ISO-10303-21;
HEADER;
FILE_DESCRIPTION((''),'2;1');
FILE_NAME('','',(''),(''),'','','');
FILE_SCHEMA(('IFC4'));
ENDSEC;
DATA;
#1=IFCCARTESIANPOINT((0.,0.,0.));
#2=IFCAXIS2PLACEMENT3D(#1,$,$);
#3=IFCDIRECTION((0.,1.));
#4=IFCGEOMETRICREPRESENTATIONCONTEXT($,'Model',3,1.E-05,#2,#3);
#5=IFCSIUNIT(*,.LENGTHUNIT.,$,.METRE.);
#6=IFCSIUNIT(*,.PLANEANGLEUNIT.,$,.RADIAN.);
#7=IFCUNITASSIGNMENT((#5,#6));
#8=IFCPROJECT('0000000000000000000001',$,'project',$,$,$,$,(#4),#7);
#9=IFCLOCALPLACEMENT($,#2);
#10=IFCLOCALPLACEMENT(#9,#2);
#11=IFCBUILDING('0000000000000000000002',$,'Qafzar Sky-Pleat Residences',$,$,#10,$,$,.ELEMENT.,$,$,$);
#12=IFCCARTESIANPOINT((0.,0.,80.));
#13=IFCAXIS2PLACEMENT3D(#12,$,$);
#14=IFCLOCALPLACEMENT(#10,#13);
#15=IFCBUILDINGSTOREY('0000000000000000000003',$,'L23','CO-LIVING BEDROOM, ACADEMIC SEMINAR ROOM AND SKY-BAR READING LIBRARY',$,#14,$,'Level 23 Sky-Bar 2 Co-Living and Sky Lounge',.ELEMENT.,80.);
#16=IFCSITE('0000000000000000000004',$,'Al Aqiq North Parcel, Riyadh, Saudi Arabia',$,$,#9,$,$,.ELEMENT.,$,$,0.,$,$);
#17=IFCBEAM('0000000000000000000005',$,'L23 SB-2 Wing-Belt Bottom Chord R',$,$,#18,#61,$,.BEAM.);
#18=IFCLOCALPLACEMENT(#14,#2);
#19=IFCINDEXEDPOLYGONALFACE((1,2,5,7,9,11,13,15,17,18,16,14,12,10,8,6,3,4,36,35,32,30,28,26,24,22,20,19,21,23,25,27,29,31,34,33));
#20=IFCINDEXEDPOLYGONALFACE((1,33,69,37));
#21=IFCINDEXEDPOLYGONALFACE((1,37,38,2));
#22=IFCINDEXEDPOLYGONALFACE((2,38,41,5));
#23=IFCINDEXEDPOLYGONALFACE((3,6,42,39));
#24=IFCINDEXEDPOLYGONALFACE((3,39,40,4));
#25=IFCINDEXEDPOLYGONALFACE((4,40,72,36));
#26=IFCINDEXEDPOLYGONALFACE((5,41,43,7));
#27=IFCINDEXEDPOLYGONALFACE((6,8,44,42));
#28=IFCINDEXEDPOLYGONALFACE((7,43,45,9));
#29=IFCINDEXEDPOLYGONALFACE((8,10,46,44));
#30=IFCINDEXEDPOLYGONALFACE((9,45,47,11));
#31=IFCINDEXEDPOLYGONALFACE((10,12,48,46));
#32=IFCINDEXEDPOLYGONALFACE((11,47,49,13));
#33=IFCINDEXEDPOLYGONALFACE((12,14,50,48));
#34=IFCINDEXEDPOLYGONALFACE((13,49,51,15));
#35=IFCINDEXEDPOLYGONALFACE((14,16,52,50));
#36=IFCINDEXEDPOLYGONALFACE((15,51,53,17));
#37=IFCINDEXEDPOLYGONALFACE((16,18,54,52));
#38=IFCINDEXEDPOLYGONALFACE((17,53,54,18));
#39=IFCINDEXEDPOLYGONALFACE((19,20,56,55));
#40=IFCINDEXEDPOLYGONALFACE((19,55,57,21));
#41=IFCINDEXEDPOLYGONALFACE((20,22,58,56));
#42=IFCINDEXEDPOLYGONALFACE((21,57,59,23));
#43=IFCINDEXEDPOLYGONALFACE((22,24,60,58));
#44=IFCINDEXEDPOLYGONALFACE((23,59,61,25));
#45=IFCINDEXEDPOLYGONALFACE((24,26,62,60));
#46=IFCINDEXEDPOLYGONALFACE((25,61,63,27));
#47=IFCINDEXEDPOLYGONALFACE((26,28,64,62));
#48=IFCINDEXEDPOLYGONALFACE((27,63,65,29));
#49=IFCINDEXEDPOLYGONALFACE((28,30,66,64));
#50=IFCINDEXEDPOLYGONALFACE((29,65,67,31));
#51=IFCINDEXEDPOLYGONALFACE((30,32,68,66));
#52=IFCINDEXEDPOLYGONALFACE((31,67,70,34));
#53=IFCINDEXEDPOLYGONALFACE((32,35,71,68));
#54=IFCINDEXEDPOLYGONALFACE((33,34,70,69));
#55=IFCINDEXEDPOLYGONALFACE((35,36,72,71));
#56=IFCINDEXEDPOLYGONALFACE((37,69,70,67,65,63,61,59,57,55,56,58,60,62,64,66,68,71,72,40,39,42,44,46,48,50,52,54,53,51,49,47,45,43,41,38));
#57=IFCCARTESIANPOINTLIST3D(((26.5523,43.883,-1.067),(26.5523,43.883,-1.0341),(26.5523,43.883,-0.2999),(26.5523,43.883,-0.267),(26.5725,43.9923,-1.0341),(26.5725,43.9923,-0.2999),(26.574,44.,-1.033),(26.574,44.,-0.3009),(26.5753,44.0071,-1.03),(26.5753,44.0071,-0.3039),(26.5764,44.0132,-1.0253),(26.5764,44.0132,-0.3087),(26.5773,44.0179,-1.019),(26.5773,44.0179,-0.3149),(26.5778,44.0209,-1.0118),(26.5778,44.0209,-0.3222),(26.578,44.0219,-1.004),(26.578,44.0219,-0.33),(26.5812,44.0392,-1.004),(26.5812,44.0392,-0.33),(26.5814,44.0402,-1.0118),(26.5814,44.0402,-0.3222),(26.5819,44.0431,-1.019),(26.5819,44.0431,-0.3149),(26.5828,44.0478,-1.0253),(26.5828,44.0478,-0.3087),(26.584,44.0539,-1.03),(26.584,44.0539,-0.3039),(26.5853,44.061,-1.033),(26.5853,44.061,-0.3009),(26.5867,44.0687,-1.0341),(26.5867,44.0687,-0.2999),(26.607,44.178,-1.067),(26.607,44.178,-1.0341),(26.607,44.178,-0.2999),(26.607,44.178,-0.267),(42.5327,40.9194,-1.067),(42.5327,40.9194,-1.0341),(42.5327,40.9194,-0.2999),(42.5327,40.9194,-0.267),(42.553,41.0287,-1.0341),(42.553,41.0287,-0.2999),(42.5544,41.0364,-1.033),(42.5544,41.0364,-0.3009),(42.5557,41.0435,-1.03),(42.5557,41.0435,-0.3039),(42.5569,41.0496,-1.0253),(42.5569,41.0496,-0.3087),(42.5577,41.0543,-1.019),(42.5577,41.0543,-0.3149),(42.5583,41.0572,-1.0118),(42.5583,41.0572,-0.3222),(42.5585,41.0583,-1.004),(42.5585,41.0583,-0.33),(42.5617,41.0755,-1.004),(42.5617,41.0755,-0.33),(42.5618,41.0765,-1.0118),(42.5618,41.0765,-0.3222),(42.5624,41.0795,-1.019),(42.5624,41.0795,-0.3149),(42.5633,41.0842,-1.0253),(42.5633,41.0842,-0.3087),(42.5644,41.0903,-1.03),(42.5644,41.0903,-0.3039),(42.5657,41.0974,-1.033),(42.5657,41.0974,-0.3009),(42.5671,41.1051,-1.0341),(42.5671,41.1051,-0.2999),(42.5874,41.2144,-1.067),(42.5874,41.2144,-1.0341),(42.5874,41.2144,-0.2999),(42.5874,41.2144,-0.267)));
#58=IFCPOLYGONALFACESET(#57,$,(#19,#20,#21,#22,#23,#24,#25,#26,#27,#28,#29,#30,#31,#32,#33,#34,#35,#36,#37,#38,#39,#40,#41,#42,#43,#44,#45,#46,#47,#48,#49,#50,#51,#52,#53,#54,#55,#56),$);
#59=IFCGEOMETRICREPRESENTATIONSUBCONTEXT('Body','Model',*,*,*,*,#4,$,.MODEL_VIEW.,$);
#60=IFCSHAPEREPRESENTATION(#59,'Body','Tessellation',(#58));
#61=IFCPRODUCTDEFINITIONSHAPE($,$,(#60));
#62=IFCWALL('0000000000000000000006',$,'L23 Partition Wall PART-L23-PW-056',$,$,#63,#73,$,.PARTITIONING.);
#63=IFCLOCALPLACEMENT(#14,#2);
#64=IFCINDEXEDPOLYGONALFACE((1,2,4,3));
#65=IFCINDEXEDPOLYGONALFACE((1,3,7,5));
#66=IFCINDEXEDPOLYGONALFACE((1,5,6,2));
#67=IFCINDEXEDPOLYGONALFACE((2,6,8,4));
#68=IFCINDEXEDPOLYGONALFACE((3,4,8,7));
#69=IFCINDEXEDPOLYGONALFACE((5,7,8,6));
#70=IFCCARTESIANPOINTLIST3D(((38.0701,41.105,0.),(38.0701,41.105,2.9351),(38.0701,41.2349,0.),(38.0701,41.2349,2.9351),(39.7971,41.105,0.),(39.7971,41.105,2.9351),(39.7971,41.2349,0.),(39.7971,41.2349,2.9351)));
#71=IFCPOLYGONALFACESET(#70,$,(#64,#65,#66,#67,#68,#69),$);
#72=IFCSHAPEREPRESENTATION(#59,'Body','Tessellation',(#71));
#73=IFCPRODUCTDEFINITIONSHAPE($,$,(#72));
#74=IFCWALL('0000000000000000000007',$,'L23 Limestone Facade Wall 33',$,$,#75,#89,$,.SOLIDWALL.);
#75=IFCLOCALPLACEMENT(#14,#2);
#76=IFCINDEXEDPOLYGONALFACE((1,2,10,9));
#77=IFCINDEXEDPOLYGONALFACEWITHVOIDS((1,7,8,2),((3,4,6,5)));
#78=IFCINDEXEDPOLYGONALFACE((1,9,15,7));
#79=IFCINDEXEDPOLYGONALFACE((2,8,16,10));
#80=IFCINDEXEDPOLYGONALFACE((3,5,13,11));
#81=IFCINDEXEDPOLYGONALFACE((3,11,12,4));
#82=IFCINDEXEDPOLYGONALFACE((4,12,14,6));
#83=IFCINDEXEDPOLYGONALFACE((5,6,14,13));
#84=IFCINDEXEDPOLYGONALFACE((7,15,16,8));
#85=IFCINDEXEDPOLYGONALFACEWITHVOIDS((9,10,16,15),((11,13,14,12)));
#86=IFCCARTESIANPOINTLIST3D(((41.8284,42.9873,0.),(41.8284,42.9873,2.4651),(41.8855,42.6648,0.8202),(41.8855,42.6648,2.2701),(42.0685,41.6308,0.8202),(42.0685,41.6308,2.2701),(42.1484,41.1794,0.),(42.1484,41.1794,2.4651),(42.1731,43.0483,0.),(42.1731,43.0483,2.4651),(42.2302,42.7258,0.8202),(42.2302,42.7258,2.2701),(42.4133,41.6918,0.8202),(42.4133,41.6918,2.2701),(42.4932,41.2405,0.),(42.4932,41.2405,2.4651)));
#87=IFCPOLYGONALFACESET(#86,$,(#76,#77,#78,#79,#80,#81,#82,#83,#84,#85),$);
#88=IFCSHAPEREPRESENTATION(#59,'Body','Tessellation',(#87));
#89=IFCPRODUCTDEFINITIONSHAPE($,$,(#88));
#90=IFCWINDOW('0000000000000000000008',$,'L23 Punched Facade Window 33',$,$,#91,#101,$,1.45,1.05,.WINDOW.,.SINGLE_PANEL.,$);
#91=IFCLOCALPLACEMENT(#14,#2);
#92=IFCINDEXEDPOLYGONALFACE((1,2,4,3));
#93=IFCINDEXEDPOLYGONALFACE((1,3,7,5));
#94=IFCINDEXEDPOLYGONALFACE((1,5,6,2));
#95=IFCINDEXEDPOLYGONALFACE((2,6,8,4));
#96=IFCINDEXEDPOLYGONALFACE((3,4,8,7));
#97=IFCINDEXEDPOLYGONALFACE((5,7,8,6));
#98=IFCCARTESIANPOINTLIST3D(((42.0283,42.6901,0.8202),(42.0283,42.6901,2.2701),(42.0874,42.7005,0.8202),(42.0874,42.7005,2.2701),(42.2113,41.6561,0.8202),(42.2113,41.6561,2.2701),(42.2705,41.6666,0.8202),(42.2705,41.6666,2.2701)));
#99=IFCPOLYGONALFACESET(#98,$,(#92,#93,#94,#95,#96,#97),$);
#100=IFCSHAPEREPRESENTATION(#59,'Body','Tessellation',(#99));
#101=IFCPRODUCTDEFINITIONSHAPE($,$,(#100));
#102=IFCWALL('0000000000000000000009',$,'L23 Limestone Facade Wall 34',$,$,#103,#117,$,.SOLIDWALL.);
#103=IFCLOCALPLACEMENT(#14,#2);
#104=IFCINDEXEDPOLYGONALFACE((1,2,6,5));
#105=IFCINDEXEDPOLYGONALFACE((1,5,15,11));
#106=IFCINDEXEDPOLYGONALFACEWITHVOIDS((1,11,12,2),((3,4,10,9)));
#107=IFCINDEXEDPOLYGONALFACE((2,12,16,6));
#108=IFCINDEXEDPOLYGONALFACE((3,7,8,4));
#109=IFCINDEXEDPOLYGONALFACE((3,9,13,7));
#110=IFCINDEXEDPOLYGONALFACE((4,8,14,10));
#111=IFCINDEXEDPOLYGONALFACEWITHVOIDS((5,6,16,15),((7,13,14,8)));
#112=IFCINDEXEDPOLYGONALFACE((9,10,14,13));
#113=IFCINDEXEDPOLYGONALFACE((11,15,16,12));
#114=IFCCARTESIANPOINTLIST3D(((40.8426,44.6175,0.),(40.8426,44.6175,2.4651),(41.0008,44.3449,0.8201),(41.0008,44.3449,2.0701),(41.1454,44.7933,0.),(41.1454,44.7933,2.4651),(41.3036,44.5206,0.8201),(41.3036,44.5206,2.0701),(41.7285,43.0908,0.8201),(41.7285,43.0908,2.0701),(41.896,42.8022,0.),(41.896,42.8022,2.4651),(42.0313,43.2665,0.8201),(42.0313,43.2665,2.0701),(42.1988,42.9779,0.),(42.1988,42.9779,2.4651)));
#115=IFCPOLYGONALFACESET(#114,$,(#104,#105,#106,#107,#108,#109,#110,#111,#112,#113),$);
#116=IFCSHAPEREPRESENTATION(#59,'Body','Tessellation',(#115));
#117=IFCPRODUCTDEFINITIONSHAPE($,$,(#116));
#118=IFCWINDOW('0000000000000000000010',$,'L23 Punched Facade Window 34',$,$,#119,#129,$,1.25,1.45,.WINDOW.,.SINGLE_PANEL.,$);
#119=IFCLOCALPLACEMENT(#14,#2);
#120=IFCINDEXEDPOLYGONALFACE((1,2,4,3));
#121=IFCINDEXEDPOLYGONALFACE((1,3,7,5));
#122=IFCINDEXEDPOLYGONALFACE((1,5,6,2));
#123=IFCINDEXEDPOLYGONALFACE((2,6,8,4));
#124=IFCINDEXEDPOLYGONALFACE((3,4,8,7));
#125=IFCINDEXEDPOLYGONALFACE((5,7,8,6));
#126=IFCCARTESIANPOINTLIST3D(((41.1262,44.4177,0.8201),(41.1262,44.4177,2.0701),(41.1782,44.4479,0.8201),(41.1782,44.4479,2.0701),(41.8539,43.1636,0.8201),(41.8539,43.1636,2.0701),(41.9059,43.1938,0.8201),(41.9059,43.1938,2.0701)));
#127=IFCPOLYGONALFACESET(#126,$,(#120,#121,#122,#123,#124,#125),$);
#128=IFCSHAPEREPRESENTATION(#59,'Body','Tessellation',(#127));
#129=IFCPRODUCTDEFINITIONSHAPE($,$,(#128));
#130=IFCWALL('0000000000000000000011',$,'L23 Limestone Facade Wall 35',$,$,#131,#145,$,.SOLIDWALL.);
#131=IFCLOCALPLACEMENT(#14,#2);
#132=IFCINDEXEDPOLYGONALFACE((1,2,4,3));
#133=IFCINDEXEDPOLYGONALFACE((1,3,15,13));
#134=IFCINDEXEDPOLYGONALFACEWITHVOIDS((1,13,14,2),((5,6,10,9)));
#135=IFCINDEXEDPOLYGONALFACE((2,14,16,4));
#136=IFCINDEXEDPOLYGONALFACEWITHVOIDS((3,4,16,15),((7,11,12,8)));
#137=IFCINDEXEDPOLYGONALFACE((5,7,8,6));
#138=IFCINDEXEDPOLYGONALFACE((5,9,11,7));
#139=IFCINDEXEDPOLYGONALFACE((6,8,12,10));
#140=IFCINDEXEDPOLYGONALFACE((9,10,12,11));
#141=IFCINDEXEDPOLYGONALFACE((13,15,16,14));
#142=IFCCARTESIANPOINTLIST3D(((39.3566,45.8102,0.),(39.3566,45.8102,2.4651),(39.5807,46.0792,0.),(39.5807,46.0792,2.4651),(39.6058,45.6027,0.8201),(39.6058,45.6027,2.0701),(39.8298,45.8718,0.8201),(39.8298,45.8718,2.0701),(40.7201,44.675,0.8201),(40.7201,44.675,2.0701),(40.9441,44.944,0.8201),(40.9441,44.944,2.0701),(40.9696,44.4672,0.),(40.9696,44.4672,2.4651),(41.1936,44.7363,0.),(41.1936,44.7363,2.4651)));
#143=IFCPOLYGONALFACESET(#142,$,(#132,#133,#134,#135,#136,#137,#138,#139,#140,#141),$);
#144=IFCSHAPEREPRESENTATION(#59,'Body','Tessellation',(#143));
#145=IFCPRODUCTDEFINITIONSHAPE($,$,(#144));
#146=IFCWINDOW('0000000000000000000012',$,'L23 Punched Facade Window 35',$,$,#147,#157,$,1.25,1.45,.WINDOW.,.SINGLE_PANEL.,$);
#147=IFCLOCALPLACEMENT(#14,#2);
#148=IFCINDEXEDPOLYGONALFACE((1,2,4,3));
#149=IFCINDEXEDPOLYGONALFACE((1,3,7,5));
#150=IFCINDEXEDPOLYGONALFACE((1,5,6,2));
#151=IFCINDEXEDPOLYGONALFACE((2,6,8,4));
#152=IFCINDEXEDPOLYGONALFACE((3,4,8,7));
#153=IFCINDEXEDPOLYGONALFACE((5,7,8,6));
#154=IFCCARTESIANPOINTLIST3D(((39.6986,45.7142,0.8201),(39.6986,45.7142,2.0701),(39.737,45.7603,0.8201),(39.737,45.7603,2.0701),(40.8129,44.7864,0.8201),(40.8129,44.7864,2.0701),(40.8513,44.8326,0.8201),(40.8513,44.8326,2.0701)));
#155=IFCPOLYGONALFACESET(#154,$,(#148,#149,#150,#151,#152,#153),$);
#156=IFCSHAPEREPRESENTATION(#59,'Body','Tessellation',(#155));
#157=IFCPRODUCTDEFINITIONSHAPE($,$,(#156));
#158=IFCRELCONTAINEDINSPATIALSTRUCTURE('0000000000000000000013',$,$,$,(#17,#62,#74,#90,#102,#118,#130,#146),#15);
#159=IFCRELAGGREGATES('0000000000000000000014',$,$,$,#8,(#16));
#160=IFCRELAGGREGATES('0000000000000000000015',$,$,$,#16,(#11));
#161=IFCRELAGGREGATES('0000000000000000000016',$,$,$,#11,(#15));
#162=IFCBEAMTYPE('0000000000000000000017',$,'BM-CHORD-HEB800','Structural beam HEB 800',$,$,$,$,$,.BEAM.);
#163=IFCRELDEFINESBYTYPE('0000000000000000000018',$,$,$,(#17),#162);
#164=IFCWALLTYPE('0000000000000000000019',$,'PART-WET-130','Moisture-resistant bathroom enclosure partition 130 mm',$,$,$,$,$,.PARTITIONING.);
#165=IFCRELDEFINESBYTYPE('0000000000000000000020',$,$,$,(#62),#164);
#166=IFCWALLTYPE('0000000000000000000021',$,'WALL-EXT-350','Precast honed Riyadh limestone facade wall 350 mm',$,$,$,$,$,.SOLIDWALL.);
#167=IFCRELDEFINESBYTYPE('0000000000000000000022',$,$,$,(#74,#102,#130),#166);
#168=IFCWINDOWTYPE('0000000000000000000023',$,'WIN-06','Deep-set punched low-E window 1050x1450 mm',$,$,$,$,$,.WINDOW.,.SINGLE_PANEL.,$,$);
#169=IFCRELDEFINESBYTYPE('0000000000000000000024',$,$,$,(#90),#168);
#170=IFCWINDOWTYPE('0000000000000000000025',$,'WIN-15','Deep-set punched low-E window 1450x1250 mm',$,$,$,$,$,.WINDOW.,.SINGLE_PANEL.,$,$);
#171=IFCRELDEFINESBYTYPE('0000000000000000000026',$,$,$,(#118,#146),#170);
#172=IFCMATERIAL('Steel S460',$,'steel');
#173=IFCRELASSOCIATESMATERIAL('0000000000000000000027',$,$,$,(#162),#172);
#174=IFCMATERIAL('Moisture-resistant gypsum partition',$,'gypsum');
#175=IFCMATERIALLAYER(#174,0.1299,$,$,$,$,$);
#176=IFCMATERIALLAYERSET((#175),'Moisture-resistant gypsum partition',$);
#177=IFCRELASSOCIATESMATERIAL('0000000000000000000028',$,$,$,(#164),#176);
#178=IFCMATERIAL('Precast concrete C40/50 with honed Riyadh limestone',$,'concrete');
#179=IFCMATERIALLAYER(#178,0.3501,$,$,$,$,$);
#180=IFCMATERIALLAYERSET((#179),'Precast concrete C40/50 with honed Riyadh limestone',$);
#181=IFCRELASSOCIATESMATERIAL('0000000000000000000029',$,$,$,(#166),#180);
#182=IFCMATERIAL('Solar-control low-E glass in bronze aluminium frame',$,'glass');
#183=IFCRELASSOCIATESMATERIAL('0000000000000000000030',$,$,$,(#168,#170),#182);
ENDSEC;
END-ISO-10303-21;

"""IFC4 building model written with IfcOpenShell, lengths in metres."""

from ifc_helpers import new_model, si_unit, direction, frame, frame_2d, origin, origin_2d, place, context, subcontext, project, spatial, rectangle, i_section, extrude, source, transform, mapped, material, layer, layer_set, material_profile, profile_set, type_object, element, fill, save


model = new_model("IFC4")

# Units and contexts
model_context = context("Model", 3, precision=1e-05, world=origin(), true_north=direction((0.0, 1.0)))
body_context = subcontext(model_context, "Body", "Model", "MODEL_VIEW")
ifc_project = project(units=[si_unit("LENGTHUNIT", "METRE"), si_unit("PLANEANGLEUNIT", "RADIAN")], contexts=[model_context])

# Site, building, storey
site_placement = place(None, origin())
site = spatial("IfcSite", under=ifc_project, at=site_placement, Name="Al Aqiq North Parcel, Riyadh, Saudi Arabia", CompositionType="ELEMENT", RefElevation=0.0)
building_placement = place(site_placement, origin())
building = spatial("IfcBuilding", under=site, at=building_placement, Name="Qafzar Sky-Pleat Residences", CompositionType="ELEMENT")
storey_placement = place(building_placement, frame((0.0, 0.0, 80.0)))
storey = spatial("IfcBuildingStorey", under=building, at=storey_placement, Name="L23", Description="CO-LIVING BEDROOM, ACADEMIC SEMINAR ROOM AND SKY-BAR READING LIBRARY", LongName="Level 23 Sky-Bar 2 Co-Living and Sky Lounge", CompositionType="ELEMENT", Elevation=80.0)

# Beam
ifc_material_1 = material(Name="Steel S460", Category="steel")
ifc_material_profile_1 = material_profile(ifc_material_1, i_section(OverallWidth=0.3, OverallDepth=0.8, WebThickness=0.0176, FlangeThickness=0.033, FilletRadius=0.03, at=origin_2d()), Name="HEB 800")
ifc_profile_set_1 = profile_set([ifc_material_profile_1], Name="Steel S460")
beam_type_1 = type_object("IfcBeamType", Name="BM-CHORD-HEB800", Description="Structural beam HEB 800", PredefinedType="BEAM", material=ifc_profile_set_1)
shared_shape_1 = source(origin(), body_context, "Body", "SweptSolid", [
    extrude(i_section(OverallWidth=0.3, OverallDepth=0.8, WebThickness=0.0176, FlangeThickness=0.033, FilletRadius=0.03, at=origin_2d()), origin(), (0.0, 0.0, 1.0), 16.2529),
])
beam_1_placement = place(storey_placement, frame((42.5601, 41.0669, -0.667), z_axis=(-0.983235, 0.182344, 0.0), x_axis=(-0.182344, -0.983235, 0.0)))
element("IfcBeam", 1, at=beam_1_placement, inside=storey, type_object=beam_type_1, Name="L23 SB-2 Wing-Belt Bottom Chord R", PredefinedType="BEAM", context=body_context, shape_type="MappedRepresentation", body=[
    mapped(shared_shape_1, transform((0.0, 0.0, 0.0), x_axis=(1.0, 0.0, 0.0), y_axis=(0.0, 1.0, 0.0), z_axis=(0.0, 0.0, 1.0), scale=1.0)),
])

# Wall
ifc_material_2 = material(Name="Moisture-resistant gypsum partition", Category="gypsum")
ifc_layer_1 = layer(ifc_material_2, 0.1299)
ifc_layer_set_1 = layer_set([ifc_layer_1], Name="Moisture-resistant gypsum partition")
wall_type_1 = type_object("IfcWallType", Name="PART-WET-130", Description="Moisture-resistant bathroom enclosure partition 130 mm", PredefinedType="PARTITIONING", material=ifc_layer_set_1)
wall_1_placement = place(storey_placement, frame((38.0701, 41.1699, 0.0), z_axis=(0.0, 0.0, 1.0), x_axis=(1.0, 0.0, 0.0)))
element("IfcWall", 2, at=wall_1_placement, inside=storey, type_object=wall_type_1, Name="L23 Partition Wall PART-L23-PW-056", PredefinedType="PARTITIONING", context=body_context, shape_type="SweptSolid", body=[
    extrude(rectangle(XDim=1.7271, YDim=0.1299, at=frame_2d((0.8635, 0.0))), origin(), (0.0, 0.0, 1.0), 2.9351),
])

# Walls, openings, windows
ifc_material_3 = material(Name="Precast concrete C40/50 with honed Riyadh limestone", Category="concrete")
ifc_layer_2 = layer(ifc_material_3, 0.3501)
ifc_layer_set_2 = layer_set([ifc_layer_2], Name="Precast concrete C40/50 with honed Riyadh limestone")
wall_type_2 = type_object("IfcWallType", Name="WALL-EXT-350", Description="Precast honed Riyadh limestone facade wall 350 mm", PredefinedType="SOLIDWALL", material=ifc_layer_set_2)
wall_2_placement = place(storey_placement, frame((42.3208, 41.21, 0.0), z_axis=(0.0, 0.0, 1.0), x_axis=(-0.174331, 0.984687, 0.0)))
wall_2 = element("IfcWall", 3, at=wall_2_placement, inside=storey, type_object=wall_type_2, Name="L23 Limestone Facade Wall 33", PredefinedType="SOLIDWALL", context=body_context, shape_type="SweptSolid", body=[
    extrude(rectangle(XDim=1.8359, YDim=0.3501, at=frame_2d((0.918, 0.0))), origin(), (0.0, 0.0, 1.0), 2.4651),
])
opening_1_placement = place(wall_2_placement, frame((0.4585, 0.0, 0.8201)))
opening_1 = element("IfcOpeningElement", 4, at=opening_1_placement, cuts=wall_2, PredefinedType="OPENING", context=body_context, shape_type="SweptSolid", body=[
    extrude(rectangle(XDim=1.05, YDim=1.45, at=frame_2d((0.5249, 0.7251))), frame((0.0, 0.1851, 0.0), z_axis=(0.0, -1.0, 0.0), x_axis=(1.0, 0.0, 0.0)), (0.0, 0.0, 1.0), 0.3701),
])
ifc_material_4 = material(Name="Solar-control low-E glass in bronze aluminium frame", Category="glass")
window_type_1 = type_object("IfcWindowType", Name="WIN-06", Description="Deep-set punched low-E window 1050x1450 mm", PartitioningType="SINGLE_PANEL", PredefinedType="WINDOW", material=ifc_material_4)
shared_shape_2 = source(origin(), body_context, "Body", "SweptSolid", [
    extrude(rectangle(XDim=1.05, YDim=1.45, at=frame_2d((0.5249, 0.7251))), frame((0.0, 0.03, 0.0), z_axis=(0.0, -1.0, 0.0), x_axis=(1.0, 0.0, 0.0)), (0.0, 0.0, 1.0), 0.0601),
])
window_1_placement = place(opening_1_placement, origin())
window_1 = element("IfcWindow", 5, at=window_1_placement, inside=storey, type_object=window_type_1, Name="L23 Punched Facade Window 33", OverallHeight=1.45, OverallWidth=1.05, PartitioningType="SINGLE_PANEL", PredefinedType="WINDOW", context=body_context, shape_type="MappedRepresentation", body=[
    mapped(shared_shape_2, transform((0.0, 0.0, 0.0), x_axis=(1.0, 0.0, 0.0), y_axis=(0.0, 1.0, 0.0), z_axis=(0.0, 0.0, 1.0), scale=1.0)),
])
fill(opening_1, window_1)
wall_3_placement = place(storey_placement, frame((42.0474, 42.8901, 0.0), z_axis=(0.0, 0.0, 1.0), x_axis=(-0.501903, 0.864924, 0.0)))
wall_3 = element("IfcWall", 6, at=wall_3_placement, inside=storey, type_object=wall_type_2, Name="L23 Limestone Facade Wall 34", PredefinedType="SOLIDWALL", context=body_context, shape_type="SweptSolid", body=[
    extrude(rectangle(XDim=2.0989, YDim=0.3501, at=frame_2d((1.0493, 0.0))), origin(), (0.0, 0.0, 1.0), 2.4651),
])
opening_2_placement = place(wall_3_placement, frame((0.3335, 0.0, 0.8201)))
opening_2 = element("IfcOpeningElement", 7, at=opening_2_placement, cuts=wall_3, PredefinedType="OPENING", context=body_context, shape_type="SweptSolid", body=[
    extrude(rectangle(XDim=1.45, YDim=1.25, at=frame_2d((0.7251, 0.625))), frame((0.0, 0.1851, 0.0), z_axis=(0.0, -1.0, 0.0), x_axis=(1.0, 0.0, 0.0)), (0.0, 0.0, 1.0), 0.3701),
])
window_type_2 = type_object("IfcWindowType", Name="WIN-15", Description="Deep-set punched low-E window 1450x1250 mm", PartitioningType="SINGLE_PANEL", PredefinedType="WINDOW", material=ifc_material_4)
shared_shape_3 = source(origin(), body_context, "Body", "SweptSolid", [
    extrude(rectangle(XDim=1.45, YDim=1.25, at=frame_2d((0.7251, 0.625))), frame((0.0, 0.03, 0.0), z_axis=(0.0, -1.0, 0.0), x_axis=(1.0, 0.0, 0.0)), (0.0, 0.0, 1.0), 0.0601),
])
window_2_placement = place(opening_2_placement, origin())
window_2 = element("IfcWindow", 8, at=window_2_placement, inside=storey, type_object=window_type_2, Name="L23 Punched Facade Window 34", OverallHeight=1.25, OverallWidth=1.45, PartitioningType="SINGLE_PANEL", PredefinedType="WINDOW", context=body_context, shape_type="MappedRepresentation", body=[
    mapped(shared_shape_3, transform((0.0, 0.0, 0.0), x_axis=(1.0, 0.0, 0.0), y_axis=(0.0, 1.0, 0.0), z_axis=(0.0, 0.0, 1.0), scale=1.0)),
])
fill(opening_2, window_2)
wall_4_placement = place(storey_placement, frame((41.0815, 44.6018, 0.0), z_axis=(0.0, 0.0, 1.0), x_axis=(-0.768498, 0.639853, 0.0)))
wall_4 = element("IfcWall", 9, at=wall_4_placement, inside=storey, type_object=wall_type_2, Name="L23 Limestone Facade Wall 35", PredefinedType="SOLIDWALL", context=body_context, shape_type="SweptSolid", body=[
    extrude(rectangle(XDim=2.0989, YDim=0.3501, at=frame_2d((1.0493, 0.0))), origin(), (0.0, 0.0, 1.0), 2.4651),
])
opening_3_placement = place(wall_4_placement, frame((0.3245, 0.0, 0.8201)))
opening_3 = element("IfcOpeningElement", 10, at=opening_3_placement, cuts=wall_4, PredefinedType="OPENING", context=body_context, shape_type="SweptSolid", body=[
    extrude(rectangle(XDim=1.45, YDim=1.25, at=frame_2d((0.7251, 0.625))), frame((0.0, 0.1851, 0.0), z_axis=(0.0, -1.0, 0.0), x_axis=(1.0, 0.0, 0.0)), (0.0, 0.0, 1.0), 0.3701),
])
window_3_placement = place(opening_3_placement, origin())
window_3 = element("IfcWindow", 11, at=window_3_placement, inside=storey, type_object=window_type_2, Name="L23 Punched Facade Window 35", OverallHeight=1.25, OverallWidth=1.45, PartitioningType="SINGLE_PANEL", PredefinedType="WINDOW", context=body_context, shape_type="MappedRepresentation", body=[
    mapped(shared_shape_3, transform((0.0, 0.0, 0.0), x_axis=(1.0, 0.0, 0.0), y_axis=(0.0, 1.0, 0.0), z_axis=(0.0, 0.0, 1.0), scale=1.0)),
])
fill(opening_3, window_3)

save(model, "model.ifc")
